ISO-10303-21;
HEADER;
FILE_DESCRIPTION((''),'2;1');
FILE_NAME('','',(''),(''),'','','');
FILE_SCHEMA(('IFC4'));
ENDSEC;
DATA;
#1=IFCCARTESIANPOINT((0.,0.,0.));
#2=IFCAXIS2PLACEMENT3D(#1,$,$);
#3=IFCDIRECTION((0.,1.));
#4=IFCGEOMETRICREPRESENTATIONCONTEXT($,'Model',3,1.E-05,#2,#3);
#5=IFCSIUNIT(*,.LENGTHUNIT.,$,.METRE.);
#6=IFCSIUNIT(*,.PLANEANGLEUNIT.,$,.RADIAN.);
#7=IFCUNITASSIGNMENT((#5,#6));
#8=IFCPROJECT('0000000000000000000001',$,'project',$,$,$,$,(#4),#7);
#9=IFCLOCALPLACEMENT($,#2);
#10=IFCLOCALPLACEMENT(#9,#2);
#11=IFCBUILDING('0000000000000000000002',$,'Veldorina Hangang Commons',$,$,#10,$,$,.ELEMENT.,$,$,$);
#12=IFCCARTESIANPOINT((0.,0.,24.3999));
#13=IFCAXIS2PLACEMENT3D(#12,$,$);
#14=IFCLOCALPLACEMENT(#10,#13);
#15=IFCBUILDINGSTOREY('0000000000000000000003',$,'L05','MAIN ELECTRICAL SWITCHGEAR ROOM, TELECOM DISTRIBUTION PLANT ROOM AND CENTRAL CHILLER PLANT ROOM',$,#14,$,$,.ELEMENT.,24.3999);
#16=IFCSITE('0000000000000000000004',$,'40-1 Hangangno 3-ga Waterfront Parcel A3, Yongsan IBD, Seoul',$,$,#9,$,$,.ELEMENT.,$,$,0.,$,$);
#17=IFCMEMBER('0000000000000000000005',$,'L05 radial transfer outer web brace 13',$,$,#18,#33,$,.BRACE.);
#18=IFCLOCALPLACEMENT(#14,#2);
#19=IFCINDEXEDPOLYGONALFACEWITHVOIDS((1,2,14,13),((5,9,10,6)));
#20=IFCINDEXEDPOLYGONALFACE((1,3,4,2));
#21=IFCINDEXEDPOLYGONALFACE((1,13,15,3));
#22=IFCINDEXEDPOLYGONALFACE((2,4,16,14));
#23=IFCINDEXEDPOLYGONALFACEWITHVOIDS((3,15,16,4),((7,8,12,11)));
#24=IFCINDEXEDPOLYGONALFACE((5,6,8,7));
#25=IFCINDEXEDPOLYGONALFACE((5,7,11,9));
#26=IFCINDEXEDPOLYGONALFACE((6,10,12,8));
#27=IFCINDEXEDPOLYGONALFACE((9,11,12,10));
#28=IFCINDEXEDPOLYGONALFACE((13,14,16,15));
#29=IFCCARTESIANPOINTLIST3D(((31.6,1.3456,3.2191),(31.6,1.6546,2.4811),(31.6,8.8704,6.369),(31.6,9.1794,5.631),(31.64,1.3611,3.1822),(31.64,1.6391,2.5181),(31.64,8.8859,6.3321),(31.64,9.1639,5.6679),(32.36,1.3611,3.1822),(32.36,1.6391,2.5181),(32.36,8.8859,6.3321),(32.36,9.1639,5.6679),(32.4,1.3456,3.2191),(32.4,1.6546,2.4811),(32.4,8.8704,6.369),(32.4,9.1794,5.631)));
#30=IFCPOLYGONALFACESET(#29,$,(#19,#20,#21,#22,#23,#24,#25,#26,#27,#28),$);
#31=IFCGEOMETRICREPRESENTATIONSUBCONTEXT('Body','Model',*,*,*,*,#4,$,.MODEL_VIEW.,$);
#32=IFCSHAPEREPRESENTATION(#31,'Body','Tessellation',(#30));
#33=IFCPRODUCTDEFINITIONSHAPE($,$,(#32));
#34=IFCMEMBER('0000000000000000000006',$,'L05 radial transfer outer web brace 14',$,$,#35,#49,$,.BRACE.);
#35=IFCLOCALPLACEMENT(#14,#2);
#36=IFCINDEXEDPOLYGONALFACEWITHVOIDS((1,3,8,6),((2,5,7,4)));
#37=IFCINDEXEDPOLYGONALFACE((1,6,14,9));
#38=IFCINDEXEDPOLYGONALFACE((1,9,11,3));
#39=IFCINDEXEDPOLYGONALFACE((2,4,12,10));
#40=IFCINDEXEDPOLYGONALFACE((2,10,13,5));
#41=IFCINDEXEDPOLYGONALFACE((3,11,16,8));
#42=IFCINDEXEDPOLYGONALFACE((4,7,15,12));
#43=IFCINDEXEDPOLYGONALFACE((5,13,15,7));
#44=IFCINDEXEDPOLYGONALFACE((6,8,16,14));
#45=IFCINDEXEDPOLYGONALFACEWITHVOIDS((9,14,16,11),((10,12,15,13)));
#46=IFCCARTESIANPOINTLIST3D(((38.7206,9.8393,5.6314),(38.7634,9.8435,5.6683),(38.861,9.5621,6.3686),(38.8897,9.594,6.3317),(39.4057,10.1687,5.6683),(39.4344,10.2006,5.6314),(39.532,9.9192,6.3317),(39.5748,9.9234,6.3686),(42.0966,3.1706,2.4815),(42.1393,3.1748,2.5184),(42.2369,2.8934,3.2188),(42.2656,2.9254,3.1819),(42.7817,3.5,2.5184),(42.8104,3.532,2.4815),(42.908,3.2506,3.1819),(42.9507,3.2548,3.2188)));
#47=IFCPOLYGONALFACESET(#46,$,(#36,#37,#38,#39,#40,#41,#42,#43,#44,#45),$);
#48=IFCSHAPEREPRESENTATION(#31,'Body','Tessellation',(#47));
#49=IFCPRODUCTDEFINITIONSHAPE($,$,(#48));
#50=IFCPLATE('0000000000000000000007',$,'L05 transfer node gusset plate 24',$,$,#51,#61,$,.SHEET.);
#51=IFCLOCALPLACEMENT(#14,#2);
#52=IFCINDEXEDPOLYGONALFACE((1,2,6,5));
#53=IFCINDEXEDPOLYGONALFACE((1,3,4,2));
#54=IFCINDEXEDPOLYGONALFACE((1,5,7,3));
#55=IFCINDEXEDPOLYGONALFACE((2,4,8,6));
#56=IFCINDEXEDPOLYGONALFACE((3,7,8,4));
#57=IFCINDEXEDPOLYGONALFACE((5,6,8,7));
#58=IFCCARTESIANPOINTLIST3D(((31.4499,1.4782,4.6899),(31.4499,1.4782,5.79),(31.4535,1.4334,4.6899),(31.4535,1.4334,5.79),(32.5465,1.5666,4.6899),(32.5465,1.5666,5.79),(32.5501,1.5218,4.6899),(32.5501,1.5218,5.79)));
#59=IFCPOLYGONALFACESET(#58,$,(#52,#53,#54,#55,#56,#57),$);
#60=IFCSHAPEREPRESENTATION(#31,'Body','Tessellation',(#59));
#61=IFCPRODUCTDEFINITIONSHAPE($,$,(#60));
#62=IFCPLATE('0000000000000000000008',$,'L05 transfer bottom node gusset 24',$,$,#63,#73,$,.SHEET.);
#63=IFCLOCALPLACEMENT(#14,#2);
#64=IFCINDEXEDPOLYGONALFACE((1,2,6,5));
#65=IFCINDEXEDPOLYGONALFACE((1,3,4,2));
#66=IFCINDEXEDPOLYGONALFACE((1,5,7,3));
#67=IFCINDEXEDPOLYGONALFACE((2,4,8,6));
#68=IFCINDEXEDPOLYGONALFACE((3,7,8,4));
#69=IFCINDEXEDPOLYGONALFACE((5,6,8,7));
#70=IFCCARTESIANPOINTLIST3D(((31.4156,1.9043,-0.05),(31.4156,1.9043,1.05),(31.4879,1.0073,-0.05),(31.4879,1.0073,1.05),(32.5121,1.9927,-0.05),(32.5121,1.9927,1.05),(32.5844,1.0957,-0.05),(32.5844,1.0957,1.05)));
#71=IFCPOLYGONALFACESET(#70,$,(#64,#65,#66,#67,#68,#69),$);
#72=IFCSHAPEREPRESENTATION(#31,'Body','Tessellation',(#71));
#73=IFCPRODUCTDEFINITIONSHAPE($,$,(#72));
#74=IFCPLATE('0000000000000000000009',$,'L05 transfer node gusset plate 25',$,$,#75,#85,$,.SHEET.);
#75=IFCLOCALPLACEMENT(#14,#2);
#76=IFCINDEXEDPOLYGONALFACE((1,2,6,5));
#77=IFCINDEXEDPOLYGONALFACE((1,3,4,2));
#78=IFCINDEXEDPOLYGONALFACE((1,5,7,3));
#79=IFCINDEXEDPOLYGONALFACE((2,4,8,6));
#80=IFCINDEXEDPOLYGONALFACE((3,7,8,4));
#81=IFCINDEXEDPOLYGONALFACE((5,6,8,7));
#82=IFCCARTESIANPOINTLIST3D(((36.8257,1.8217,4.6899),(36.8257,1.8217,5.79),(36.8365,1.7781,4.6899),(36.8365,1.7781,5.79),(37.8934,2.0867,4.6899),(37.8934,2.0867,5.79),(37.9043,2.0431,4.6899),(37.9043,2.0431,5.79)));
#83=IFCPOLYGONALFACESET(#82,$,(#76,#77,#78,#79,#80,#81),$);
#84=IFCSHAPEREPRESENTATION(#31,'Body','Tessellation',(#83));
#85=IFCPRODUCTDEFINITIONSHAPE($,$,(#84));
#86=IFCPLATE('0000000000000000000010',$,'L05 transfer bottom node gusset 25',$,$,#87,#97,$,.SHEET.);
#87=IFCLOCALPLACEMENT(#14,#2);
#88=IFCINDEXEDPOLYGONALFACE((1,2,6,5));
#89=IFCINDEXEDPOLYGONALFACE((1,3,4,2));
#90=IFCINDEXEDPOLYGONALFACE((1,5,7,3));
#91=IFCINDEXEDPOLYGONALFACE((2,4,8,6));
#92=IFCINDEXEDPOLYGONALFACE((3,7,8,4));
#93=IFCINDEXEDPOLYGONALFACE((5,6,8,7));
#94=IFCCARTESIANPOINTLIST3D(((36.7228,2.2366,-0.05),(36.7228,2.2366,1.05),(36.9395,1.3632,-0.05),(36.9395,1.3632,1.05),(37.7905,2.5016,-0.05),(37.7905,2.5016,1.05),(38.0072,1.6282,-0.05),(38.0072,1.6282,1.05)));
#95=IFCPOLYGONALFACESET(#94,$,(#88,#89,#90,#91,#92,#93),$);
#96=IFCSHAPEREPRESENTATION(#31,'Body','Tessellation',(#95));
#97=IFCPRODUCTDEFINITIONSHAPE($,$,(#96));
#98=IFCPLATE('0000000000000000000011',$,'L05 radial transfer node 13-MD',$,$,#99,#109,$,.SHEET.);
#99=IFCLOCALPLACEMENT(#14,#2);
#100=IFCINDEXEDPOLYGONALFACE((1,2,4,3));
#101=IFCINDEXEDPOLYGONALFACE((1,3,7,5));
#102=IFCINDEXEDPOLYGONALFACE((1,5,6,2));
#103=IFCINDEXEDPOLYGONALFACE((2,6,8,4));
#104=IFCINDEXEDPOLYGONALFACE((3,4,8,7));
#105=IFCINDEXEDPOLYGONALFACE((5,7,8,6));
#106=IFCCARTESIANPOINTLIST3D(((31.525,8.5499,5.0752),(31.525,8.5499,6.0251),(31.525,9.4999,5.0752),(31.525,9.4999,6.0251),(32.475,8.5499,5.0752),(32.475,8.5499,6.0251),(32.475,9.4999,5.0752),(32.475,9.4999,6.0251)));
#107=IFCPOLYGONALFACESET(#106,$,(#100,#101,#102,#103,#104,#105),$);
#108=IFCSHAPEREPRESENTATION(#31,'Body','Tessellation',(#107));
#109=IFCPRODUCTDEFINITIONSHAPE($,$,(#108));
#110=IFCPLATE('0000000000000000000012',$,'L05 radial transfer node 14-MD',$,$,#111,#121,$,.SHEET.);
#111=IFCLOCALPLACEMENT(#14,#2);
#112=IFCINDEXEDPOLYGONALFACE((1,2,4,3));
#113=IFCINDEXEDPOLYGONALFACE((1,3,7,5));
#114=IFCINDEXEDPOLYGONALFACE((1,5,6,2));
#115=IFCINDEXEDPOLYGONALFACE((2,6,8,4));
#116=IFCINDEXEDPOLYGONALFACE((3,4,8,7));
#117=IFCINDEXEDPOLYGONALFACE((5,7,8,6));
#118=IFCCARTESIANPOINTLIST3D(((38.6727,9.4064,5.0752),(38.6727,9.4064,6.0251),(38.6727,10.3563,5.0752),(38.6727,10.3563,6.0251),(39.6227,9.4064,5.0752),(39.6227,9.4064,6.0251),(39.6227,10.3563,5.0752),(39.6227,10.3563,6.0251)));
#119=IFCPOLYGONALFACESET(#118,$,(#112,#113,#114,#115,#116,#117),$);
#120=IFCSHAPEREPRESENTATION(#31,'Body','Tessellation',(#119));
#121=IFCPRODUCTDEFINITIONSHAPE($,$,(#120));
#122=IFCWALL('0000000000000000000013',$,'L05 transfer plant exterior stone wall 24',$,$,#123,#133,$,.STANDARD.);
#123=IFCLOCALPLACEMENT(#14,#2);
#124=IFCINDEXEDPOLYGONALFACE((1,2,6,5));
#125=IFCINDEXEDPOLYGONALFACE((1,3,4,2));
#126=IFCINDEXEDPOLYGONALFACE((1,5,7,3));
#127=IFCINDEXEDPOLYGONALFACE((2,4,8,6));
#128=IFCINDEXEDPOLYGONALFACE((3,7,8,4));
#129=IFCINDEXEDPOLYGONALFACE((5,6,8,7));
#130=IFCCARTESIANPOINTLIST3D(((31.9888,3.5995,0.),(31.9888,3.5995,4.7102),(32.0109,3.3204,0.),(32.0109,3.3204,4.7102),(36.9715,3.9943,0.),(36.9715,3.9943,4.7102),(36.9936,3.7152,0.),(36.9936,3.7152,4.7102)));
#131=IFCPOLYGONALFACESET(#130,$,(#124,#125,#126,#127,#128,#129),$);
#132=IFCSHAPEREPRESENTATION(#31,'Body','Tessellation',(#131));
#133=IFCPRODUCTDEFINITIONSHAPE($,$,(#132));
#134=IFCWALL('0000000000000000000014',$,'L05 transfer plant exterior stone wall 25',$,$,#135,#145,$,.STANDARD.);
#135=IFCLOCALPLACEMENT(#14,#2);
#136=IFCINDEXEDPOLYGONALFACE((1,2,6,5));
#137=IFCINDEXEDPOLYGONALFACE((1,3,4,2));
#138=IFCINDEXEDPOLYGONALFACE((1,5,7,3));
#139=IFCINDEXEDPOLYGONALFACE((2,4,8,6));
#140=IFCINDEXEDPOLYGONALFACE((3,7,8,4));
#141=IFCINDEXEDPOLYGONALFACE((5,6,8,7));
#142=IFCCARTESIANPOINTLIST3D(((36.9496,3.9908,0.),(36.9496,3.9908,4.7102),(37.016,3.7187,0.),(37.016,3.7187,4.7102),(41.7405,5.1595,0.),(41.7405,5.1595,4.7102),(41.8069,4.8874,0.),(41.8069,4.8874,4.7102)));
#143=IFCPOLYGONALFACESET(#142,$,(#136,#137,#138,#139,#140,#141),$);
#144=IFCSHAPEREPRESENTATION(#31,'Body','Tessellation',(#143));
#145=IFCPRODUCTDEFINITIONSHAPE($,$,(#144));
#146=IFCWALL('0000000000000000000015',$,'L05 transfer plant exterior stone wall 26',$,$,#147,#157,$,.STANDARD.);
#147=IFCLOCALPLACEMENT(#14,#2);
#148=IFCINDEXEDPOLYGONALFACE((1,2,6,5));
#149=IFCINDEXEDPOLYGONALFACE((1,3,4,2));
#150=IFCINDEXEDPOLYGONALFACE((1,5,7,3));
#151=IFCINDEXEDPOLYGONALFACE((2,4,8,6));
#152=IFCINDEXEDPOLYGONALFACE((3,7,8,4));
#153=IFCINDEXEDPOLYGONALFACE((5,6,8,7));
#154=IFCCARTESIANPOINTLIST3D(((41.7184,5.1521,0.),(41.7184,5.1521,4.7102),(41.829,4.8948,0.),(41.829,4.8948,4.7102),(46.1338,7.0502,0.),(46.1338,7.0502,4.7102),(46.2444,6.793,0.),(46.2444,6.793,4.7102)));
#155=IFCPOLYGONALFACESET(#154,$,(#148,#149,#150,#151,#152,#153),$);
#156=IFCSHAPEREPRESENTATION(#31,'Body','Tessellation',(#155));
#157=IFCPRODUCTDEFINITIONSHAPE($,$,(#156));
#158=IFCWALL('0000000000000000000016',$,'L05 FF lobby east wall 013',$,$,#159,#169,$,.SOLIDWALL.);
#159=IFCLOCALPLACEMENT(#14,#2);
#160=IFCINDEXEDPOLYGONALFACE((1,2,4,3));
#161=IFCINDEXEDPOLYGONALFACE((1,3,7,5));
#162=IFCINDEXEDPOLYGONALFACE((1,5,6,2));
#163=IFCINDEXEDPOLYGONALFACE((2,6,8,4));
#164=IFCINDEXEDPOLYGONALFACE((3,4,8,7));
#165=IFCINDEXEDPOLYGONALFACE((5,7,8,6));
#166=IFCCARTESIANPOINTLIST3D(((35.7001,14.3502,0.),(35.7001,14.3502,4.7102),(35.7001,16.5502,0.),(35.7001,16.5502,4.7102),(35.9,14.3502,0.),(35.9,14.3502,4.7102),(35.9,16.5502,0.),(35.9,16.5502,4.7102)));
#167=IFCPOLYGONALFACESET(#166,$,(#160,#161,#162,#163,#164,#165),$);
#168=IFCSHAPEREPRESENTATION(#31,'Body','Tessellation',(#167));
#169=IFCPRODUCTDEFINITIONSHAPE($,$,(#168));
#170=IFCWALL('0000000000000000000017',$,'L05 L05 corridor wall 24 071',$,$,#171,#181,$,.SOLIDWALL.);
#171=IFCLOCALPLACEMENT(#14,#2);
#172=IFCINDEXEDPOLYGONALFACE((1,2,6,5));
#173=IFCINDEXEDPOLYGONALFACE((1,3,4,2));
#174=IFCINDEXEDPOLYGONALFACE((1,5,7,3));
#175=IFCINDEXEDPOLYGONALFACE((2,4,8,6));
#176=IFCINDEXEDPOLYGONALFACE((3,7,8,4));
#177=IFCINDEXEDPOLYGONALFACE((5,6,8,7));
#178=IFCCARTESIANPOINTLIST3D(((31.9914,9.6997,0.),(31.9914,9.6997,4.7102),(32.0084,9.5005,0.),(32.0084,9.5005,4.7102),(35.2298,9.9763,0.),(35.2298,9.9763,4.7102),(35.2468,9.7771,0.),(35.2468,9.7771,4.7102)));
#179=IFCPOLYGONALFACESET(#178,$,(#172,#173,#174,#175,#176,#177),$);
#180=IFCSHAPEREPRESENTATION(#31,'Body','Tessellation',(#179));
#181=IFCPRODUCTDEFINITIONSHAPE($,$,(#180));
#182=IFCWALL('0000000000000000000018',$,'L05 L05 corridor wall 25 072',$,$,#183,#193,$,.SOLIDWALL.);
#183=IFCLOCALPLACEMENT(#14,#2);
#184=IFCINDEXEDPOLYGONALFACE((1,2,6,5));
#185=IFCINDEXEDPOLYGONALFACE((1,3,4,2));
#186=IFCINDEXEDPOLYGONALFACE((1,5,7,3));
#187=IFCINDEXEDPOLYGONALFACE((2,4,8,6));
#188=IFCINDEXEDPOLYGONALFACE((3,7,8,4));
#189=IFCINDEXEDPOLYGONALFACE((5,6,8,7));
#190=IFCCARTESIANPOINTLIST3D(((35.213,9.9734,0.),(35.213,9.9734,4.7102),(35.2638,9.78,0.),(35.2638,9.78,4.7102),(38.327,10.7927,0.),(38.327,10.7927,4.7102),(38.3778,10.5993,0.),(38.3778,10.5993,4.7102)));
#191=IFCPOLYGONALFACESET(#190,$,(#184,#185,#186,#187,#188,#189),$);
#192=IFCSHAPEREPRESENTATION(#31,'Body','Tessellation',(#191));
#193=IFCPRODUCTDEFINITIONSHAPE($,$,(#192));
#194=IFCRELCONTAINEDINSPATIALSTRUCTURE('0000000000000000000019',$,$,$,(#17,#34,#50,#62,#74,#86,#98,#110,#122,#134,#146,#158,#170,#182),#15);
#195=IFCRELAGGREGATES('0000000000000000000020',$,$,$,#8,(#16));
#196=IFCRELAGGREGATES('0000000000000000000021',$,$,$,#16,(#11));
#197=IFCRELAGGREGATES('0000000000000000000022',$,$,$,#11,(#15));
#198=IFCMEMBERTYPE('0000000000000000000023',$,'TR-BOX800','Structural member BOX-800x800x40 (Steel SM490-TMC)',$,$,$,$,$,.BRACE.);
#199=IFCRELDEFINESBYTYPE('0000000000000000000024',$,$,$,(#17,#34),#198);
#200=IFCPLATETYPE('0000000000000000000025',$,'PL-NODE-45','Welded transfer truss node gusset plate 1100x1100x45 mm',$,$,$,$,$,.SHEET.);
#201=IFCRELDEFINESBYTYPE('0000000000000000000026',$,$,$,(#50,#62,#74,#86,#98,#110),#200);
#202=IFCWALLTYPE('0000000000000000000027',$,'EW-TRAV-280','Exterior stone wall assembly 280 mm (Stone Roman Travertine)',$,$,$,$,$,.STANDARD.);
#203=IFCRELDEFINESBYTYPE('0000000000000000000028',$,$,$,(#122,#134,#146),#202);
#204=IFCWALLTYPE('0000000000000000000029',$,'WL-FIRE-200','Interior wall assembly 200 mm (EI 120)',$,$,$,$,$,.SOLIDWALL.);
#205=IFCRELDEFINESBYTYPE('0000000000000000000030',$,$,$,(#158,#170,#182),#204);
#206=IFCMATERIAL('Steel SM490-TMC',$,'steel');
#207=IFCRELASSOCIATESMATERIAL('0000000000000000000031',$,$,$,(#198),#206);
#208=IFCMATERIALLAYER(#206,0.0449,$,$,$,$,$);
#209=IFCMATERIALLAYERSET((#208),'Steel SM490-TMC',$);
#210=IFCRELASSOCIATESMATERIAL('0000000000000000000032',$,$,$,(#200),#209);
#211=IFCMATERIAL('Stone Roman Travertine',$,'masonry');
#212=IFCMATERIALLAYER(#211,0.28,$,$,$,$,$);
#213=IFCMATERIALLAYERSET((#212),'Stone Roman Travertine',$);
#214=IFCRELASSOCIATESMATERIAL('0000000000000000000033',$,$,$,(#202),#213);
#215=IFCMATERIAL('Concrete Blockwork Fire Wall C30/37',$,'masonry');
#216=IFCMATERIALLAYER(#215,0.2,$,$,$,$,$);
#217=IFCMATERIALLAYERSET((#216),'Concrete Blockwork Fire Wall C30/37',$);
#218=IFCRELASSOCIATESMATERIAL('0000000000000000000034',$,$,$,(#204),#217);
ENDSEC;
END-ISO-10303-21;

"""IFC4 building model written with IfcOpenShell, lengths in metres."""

from ifc_helpers import new_model, si_unit, direction, frame, frame_2d, origin, origin_2d, place, context, subcontext, project, spatial, rectangle, hollow_rectangle, extrude, material, layer, layer_set, material_profile, profile_set, type_object, element, save


model = new_model("IFC4")

# Units and contexts
model_context = context("Model", 3, precision=1e-05, world=origin(), true_north=direction((0.0, 1.0)))
body_context = subcontext(model_context, "Body", "Model", "MODEL_VIEW")
ifc_project = project(units=[si_unit("LENGTHUNIT", "METRE"), si_unit("PLANEANGLEUNIT", "RADIAN")], contexts=[model_context])

# Site, building, storey
site_placement = place(None, origin())
site = spatial("IfcSite", under=ifc_project, at=site_placement, Name="40-1 Hangangno 3-ga Waterfront Parcel A3, Yongsan IBD, Seoul", CompositionType="ELEMENT", RefElevation=0.0)
building_placement = place(site_placement, origin())
building = spatial("IfcBuilding", under=site, at=building_placement, Name="Veldorina Hangang Commons", CompositionType="ELEMENT")
storey_placement = place(building_placement, frame((0.0, 0.0, 24.3999)))
storey = spatial("IfcBuildingStorey", under=building, at=storey_placement, Name="L05", Description="MAIN ELECTRICAL SWITCHGEAR ROOM, TELECOM DISTRIBUTION PLANT ROOM AND CENTRAL CHILLER PLANT ROOM", CompositionType="ELEMENT", Elevation=24.3999)

# Shared definitions
ifc_material_1 = material(Name="Steel SM490-TMC", Category="steel")

# Members
ifc_material_profile_1 = material_profile(ifc_material_1, hollow_rectangle(XDim=0.8, YDim=0.8, WallThickness=0.04, at=origin_2d()), Name="BOX-800x800x40")
ifc_profile_set_1 = profile_set([ifc_material_profile_1], Name="Steel SM490-TMC")
member_type = type_object("IfcMemberType", Name="TR-BOX800", Description="Structural member BOX-800x800x40 (Steel SM490-TMC)", PredefinedType="BRACE", material=ifc_profile_set_1)
member_1_placement = place(storey_placement, frame((32.0, 9.0249, 6.0), z_axis=(0.0, -0.922443, -0.386132), x_axis=(1.0, 0.0, 0.0)))
element("IfcMember", 1, at=member_1_placement, inside=storey, type_object=member_type, Name="L05 radial transfer outer web brace 13", PredefinedType="BRACE", context=body_context, shape_type="SweptSolid", body=[
    extrude(hollow_rectangle(XDim=0.8, YDim=0.8, WallThickness=0.04, at=origin_2d()), origin(), (0.0, 0.0, 1.0), 8.1575),
])
member_2_placement = place(storey_placement, frame((39.1477, 9.8813, 6.0), z_axis=(0.416215, -0.822165, -0.388342), x_axis=(0.892188, 0.451663, 0.0)))
element("IfcMember", 2, at=member_2_placement, inside=storey, type_object=member_type, Name="L05 radial transfer outer web brace 14", PredefinedType="BRACE", context=body_context, shape_type="SweptSolid", body=[
    extrude(hollow_rectangle(XDim=0.8, YDim=0.8, WallThickness=0.04, at=origin_2d()), origin(), (0.0, 0.0, 1.0), 8.1111),
])

# Plates
ifc_layer_1 = layer(ifc_material_1, 0.0449)
ifc_layer_set_1 = layer_set([ifc_layer_1], Name="Steel SM490-TMC")
plate_type = type_object("IfcPlateType", Name="PL-NODE-45", Description="Welded transfer truss node gusset plate 1100x1100x45 mm", PredefinedType="SHEET", material=ifc_layer_set_1)
plate_1_placement = place(storey_placement, frame((32.0, 1.5, 4.6899), z_axis=(0.0, 0.0, 1.0), x_axis=(0.996769, 0.080321, 0.0)))
element("IfcPlate", 3, at=plate_1_placement, inside=storey, type_object=plate_type, Name="L05 transfer node gusset plate 24", PredefinedType="SHEET", context=body_context, shape_type="SweptSolid", body=[
    extrude(rectangle(XDim=1.1001, YDim=0.0449, at=origin_2d()), origin(), (0.0, 0.0, 1.0), 1.1001),
])
plate_2_placement = place(storey_placement, frame((32.0, 1.5, -0.05), z_axis=(0.0, 0.0, 1.0), x_axis=(0.996769, 0.080321, 0.0)))
element("IfcPlate", 4, at=plate_2_placement, inside=storey, type_object=plate_type, Name="L05 transfer bottom node gusset 24", PredefinedType="SHEET", context=body_context, shape_type="SweptSolid", body=[
    extrude(rectangle(XDim=1.1001, YDim=0.8999, at=origin_2d()), origin(), (0.0, 0.0, 1.0), 1.1001),
])
plate_3_placement = place(storey_placement, frame((37.365, 1.9324, 4.6899), z_axis=(0.0, 0.0, 1.0), x_axis=(0.970553, 0.240889, 0.0)))
element("IfcPlate", 5, at=plate_3_placement, inside=storey, type_object=plate_type, Name="L05 transfer node gusset plate 25", PredefinedType="SHEET", context=body_context, shape_type="SweptSolid", body=[
    extrude(rectangle(XDim=1.1001, YDim=0.0449, at=origin_2d()), origin(), (0.0, 0.0, 1.0), 1.1001),
])
plate_4_placement = place(storey_placement, frame((37.365, 1.9324, -0.05), z_axis=(0.0, 0.0, 1.0), x_axis=(0.970553, 0.240889, 0.0)))
element("IfcPlate", 6, at=plate_4_placement, inside=storey, type_object=plate_type, Name="L05 transfer bottom node gusset 25", PredefinedType="SHEET", context=body_context, shape_type="SweptSolid", body=[
    extrude(rectangle(XDim=1.1001, YDim=0.8999, at=origin_2d()), origin(), (0.0, 0.0, 1.0), 1.1001),
])
for number, where, z_axis, x_axis, name in (
    (7, (32.0, 9.0249, 5.0752), (0.0, 0.0, 1.0), (1.0, 0.0, 0.0), "L05 radial transfer node 13-MD"),
    (8, (39.1477, 9.8813, 5.0752), (0.0, 0.0, 1.0), (1.0, 0.0, 0.0), "L05 radial transfer node 14-MD"),
):
    element("IfcPlate", number, at=place(storey_placement, frame(where, z_axis=z_axis, x_axis=x_axis)), inside=storey, type_object=plate_type, Name=name, PredefinedType="SHEET", context=body_context, shape_type="SweptSolid", body=[
        extrude(rectangle(XDim=0.95, YDim=0.95, at=origin_2d()), origin(), (0.0, 0.0, 1.0), 0.95),
    ])

# Walls
ifc_material_2 = material(Name="Stone Roman Travertine", Category="masonry")
ifc_layer_2 = layer(ifc_material_2, 0.28)
ifc_layer_set_2 = layer_set([ifc_layer_2], Name="Stone Roman Travertine")
wall_type_1 = type_object("IfcWallType", Name="EW-TRAV-280", Description="Exterior stone wall assembly 280 mm (Stone Roman Travertine)", PredefinedType="STANDARD", material=ifc_layer_set_2)
wall_1_placement = place(storey_placement, frame((32.0, 3.46, 0.0), z_axis=(0.0, 0.0, 1.0), x_axis=(0.996876, 0.078982, 0.0)))
element("IfcWall", 9, at=wall_1_placement, inside=storey, type_object=wall_type_1, Name="L05 transfer plant exterior stone wall 24", PredefinedType="STANDARD", context=body_context, shape_type="SweptSolid", body=[
    extrude(rectangle(XDim=4.9983, YDim=0.28, at=frame_2d((2.499, 0.0))), origin(), (0.0, 0.0, 1.0), 4.7102),
])
wall_2_placement = place(storey_placement, frame((36.9827, 3.8547, 0.0), z_axis=(0.0, 0.0, 1.0), x_axis=(0.971513, 0.236987, 0.0)))
element("IfcWall", 10, at=wall_2_placement, inside=storey, type_object=wall_type_1, Name="L05 transfer plant exterior stone wall 25", PredefinedType="STANDARD", context=body_context, shape_type="SweptSolid", body=[
    extrude(rectangle(XDim=4.9314, YDim=0.28, at=frame_2d((2.4658, 0.0))), origin(), (0.0, 0.0, 1.0), 4.7102),
])
wall_3_placement = place(storey_placement, frame((41.7737, 5.0234, 0.0), z_axis=(0.0, 0.0, 1.0), x_axis=(0.918706, 0.394943, 0.0)))
element("IfcWall", 11, at=wall_3_placement, inside=storey, type_object=wall_type_1, Name="L05 transfer plant exterior stone wall 26", PredefinedType="STANDARD", context=body_context, shape_type="SweptSolid", body=[
    extrude(rectangle(XDim=4.8062, YDim=0.28, at=frame_2d((2.4031, 0.0))), origin(), (0.0, 0.0, 1.0), 4.7102),
])
ifc_material_3 = material(Name="Concrete Blockwork Fire Wall C30/37", Category="masonry")
ifc_layer_3 = layer(ifc_material_3, 0.2)
ifc_layer_set_3 = layer_set([ifc_layer_3], Name="Concrete Blockwork Fire Wall C30/37")
wall_type_2 = type_object("IfcWallType", Name="WL-FIRE-200", Description="Interior wall assembly 200 mm (EI 120)", PredefinedType="SOLIDWALL", material=ifc_layer_set_3)
wall_4_placement = place(storey_placement, frame((35.8, 14.3501, 0.0), z_axis=(0.0, 0.0, 1.0), x_axis=(0.0, 1.0, 0.0)))
element("IfcWall", 12, at=wall_4_placement, inside=storey, type_object=wall_type_2, Name="L05 FF lobby east wall 013", PredefinedType="SOLIDWALL", context=body_context, shape_type="SweptSolid", body=[
    extrude(rectangle(XDim=2.2, YDim=0.2, at=frame_2d((1.1001, 0.0))), origin(), (0.0, 0.0, 1.0), 4.7102),
])
wall_5_placement = place(storey_placement, frame((32.0, 9.6001, 0.0), z_axis=(0.0, 0.0, 1.0), x_axis=(0.996372, 0.085103, 0.0)))
element("IfcWall", 13, at=wall_5_placement, inside=storey, type_object=wall_type_2, Name="L05 L05 corridor wall 24 071", PredefinedType="SOLIDWALL", context=body_context, shape_type="SweptSolid", body=[
    extrude(rectangle(XDim=3.2502, YDim=0.2, at=frame_2d((1.625, 0.0))), origin(), (0.0, 0.0, 1.0), 4.7102),
])
wall_6_placement = place(storey_placement, frame((35.2385, 9.8767, 0.0), z_axis=(0.0, 0.0, 1.0), x_axis=(0.967085, 0.254452, 0.0)))
element("IfcWall", 14, at=wall_6_placement, inside=storey, type_object=wall_type_2, Name="L05 L05 corridor wall 25 072", PredefinedType="SOLIDWALL", context=body_context, shape_type="SweptSolid", body=[
    extrude(rectangle(XDim=3.22, YDim=0.2, at=frame_2d((1.6099, 0.0))), origin(), (0.0, 0.0, 1.0), 4.7102),
])

save(model, "model.ifc")
